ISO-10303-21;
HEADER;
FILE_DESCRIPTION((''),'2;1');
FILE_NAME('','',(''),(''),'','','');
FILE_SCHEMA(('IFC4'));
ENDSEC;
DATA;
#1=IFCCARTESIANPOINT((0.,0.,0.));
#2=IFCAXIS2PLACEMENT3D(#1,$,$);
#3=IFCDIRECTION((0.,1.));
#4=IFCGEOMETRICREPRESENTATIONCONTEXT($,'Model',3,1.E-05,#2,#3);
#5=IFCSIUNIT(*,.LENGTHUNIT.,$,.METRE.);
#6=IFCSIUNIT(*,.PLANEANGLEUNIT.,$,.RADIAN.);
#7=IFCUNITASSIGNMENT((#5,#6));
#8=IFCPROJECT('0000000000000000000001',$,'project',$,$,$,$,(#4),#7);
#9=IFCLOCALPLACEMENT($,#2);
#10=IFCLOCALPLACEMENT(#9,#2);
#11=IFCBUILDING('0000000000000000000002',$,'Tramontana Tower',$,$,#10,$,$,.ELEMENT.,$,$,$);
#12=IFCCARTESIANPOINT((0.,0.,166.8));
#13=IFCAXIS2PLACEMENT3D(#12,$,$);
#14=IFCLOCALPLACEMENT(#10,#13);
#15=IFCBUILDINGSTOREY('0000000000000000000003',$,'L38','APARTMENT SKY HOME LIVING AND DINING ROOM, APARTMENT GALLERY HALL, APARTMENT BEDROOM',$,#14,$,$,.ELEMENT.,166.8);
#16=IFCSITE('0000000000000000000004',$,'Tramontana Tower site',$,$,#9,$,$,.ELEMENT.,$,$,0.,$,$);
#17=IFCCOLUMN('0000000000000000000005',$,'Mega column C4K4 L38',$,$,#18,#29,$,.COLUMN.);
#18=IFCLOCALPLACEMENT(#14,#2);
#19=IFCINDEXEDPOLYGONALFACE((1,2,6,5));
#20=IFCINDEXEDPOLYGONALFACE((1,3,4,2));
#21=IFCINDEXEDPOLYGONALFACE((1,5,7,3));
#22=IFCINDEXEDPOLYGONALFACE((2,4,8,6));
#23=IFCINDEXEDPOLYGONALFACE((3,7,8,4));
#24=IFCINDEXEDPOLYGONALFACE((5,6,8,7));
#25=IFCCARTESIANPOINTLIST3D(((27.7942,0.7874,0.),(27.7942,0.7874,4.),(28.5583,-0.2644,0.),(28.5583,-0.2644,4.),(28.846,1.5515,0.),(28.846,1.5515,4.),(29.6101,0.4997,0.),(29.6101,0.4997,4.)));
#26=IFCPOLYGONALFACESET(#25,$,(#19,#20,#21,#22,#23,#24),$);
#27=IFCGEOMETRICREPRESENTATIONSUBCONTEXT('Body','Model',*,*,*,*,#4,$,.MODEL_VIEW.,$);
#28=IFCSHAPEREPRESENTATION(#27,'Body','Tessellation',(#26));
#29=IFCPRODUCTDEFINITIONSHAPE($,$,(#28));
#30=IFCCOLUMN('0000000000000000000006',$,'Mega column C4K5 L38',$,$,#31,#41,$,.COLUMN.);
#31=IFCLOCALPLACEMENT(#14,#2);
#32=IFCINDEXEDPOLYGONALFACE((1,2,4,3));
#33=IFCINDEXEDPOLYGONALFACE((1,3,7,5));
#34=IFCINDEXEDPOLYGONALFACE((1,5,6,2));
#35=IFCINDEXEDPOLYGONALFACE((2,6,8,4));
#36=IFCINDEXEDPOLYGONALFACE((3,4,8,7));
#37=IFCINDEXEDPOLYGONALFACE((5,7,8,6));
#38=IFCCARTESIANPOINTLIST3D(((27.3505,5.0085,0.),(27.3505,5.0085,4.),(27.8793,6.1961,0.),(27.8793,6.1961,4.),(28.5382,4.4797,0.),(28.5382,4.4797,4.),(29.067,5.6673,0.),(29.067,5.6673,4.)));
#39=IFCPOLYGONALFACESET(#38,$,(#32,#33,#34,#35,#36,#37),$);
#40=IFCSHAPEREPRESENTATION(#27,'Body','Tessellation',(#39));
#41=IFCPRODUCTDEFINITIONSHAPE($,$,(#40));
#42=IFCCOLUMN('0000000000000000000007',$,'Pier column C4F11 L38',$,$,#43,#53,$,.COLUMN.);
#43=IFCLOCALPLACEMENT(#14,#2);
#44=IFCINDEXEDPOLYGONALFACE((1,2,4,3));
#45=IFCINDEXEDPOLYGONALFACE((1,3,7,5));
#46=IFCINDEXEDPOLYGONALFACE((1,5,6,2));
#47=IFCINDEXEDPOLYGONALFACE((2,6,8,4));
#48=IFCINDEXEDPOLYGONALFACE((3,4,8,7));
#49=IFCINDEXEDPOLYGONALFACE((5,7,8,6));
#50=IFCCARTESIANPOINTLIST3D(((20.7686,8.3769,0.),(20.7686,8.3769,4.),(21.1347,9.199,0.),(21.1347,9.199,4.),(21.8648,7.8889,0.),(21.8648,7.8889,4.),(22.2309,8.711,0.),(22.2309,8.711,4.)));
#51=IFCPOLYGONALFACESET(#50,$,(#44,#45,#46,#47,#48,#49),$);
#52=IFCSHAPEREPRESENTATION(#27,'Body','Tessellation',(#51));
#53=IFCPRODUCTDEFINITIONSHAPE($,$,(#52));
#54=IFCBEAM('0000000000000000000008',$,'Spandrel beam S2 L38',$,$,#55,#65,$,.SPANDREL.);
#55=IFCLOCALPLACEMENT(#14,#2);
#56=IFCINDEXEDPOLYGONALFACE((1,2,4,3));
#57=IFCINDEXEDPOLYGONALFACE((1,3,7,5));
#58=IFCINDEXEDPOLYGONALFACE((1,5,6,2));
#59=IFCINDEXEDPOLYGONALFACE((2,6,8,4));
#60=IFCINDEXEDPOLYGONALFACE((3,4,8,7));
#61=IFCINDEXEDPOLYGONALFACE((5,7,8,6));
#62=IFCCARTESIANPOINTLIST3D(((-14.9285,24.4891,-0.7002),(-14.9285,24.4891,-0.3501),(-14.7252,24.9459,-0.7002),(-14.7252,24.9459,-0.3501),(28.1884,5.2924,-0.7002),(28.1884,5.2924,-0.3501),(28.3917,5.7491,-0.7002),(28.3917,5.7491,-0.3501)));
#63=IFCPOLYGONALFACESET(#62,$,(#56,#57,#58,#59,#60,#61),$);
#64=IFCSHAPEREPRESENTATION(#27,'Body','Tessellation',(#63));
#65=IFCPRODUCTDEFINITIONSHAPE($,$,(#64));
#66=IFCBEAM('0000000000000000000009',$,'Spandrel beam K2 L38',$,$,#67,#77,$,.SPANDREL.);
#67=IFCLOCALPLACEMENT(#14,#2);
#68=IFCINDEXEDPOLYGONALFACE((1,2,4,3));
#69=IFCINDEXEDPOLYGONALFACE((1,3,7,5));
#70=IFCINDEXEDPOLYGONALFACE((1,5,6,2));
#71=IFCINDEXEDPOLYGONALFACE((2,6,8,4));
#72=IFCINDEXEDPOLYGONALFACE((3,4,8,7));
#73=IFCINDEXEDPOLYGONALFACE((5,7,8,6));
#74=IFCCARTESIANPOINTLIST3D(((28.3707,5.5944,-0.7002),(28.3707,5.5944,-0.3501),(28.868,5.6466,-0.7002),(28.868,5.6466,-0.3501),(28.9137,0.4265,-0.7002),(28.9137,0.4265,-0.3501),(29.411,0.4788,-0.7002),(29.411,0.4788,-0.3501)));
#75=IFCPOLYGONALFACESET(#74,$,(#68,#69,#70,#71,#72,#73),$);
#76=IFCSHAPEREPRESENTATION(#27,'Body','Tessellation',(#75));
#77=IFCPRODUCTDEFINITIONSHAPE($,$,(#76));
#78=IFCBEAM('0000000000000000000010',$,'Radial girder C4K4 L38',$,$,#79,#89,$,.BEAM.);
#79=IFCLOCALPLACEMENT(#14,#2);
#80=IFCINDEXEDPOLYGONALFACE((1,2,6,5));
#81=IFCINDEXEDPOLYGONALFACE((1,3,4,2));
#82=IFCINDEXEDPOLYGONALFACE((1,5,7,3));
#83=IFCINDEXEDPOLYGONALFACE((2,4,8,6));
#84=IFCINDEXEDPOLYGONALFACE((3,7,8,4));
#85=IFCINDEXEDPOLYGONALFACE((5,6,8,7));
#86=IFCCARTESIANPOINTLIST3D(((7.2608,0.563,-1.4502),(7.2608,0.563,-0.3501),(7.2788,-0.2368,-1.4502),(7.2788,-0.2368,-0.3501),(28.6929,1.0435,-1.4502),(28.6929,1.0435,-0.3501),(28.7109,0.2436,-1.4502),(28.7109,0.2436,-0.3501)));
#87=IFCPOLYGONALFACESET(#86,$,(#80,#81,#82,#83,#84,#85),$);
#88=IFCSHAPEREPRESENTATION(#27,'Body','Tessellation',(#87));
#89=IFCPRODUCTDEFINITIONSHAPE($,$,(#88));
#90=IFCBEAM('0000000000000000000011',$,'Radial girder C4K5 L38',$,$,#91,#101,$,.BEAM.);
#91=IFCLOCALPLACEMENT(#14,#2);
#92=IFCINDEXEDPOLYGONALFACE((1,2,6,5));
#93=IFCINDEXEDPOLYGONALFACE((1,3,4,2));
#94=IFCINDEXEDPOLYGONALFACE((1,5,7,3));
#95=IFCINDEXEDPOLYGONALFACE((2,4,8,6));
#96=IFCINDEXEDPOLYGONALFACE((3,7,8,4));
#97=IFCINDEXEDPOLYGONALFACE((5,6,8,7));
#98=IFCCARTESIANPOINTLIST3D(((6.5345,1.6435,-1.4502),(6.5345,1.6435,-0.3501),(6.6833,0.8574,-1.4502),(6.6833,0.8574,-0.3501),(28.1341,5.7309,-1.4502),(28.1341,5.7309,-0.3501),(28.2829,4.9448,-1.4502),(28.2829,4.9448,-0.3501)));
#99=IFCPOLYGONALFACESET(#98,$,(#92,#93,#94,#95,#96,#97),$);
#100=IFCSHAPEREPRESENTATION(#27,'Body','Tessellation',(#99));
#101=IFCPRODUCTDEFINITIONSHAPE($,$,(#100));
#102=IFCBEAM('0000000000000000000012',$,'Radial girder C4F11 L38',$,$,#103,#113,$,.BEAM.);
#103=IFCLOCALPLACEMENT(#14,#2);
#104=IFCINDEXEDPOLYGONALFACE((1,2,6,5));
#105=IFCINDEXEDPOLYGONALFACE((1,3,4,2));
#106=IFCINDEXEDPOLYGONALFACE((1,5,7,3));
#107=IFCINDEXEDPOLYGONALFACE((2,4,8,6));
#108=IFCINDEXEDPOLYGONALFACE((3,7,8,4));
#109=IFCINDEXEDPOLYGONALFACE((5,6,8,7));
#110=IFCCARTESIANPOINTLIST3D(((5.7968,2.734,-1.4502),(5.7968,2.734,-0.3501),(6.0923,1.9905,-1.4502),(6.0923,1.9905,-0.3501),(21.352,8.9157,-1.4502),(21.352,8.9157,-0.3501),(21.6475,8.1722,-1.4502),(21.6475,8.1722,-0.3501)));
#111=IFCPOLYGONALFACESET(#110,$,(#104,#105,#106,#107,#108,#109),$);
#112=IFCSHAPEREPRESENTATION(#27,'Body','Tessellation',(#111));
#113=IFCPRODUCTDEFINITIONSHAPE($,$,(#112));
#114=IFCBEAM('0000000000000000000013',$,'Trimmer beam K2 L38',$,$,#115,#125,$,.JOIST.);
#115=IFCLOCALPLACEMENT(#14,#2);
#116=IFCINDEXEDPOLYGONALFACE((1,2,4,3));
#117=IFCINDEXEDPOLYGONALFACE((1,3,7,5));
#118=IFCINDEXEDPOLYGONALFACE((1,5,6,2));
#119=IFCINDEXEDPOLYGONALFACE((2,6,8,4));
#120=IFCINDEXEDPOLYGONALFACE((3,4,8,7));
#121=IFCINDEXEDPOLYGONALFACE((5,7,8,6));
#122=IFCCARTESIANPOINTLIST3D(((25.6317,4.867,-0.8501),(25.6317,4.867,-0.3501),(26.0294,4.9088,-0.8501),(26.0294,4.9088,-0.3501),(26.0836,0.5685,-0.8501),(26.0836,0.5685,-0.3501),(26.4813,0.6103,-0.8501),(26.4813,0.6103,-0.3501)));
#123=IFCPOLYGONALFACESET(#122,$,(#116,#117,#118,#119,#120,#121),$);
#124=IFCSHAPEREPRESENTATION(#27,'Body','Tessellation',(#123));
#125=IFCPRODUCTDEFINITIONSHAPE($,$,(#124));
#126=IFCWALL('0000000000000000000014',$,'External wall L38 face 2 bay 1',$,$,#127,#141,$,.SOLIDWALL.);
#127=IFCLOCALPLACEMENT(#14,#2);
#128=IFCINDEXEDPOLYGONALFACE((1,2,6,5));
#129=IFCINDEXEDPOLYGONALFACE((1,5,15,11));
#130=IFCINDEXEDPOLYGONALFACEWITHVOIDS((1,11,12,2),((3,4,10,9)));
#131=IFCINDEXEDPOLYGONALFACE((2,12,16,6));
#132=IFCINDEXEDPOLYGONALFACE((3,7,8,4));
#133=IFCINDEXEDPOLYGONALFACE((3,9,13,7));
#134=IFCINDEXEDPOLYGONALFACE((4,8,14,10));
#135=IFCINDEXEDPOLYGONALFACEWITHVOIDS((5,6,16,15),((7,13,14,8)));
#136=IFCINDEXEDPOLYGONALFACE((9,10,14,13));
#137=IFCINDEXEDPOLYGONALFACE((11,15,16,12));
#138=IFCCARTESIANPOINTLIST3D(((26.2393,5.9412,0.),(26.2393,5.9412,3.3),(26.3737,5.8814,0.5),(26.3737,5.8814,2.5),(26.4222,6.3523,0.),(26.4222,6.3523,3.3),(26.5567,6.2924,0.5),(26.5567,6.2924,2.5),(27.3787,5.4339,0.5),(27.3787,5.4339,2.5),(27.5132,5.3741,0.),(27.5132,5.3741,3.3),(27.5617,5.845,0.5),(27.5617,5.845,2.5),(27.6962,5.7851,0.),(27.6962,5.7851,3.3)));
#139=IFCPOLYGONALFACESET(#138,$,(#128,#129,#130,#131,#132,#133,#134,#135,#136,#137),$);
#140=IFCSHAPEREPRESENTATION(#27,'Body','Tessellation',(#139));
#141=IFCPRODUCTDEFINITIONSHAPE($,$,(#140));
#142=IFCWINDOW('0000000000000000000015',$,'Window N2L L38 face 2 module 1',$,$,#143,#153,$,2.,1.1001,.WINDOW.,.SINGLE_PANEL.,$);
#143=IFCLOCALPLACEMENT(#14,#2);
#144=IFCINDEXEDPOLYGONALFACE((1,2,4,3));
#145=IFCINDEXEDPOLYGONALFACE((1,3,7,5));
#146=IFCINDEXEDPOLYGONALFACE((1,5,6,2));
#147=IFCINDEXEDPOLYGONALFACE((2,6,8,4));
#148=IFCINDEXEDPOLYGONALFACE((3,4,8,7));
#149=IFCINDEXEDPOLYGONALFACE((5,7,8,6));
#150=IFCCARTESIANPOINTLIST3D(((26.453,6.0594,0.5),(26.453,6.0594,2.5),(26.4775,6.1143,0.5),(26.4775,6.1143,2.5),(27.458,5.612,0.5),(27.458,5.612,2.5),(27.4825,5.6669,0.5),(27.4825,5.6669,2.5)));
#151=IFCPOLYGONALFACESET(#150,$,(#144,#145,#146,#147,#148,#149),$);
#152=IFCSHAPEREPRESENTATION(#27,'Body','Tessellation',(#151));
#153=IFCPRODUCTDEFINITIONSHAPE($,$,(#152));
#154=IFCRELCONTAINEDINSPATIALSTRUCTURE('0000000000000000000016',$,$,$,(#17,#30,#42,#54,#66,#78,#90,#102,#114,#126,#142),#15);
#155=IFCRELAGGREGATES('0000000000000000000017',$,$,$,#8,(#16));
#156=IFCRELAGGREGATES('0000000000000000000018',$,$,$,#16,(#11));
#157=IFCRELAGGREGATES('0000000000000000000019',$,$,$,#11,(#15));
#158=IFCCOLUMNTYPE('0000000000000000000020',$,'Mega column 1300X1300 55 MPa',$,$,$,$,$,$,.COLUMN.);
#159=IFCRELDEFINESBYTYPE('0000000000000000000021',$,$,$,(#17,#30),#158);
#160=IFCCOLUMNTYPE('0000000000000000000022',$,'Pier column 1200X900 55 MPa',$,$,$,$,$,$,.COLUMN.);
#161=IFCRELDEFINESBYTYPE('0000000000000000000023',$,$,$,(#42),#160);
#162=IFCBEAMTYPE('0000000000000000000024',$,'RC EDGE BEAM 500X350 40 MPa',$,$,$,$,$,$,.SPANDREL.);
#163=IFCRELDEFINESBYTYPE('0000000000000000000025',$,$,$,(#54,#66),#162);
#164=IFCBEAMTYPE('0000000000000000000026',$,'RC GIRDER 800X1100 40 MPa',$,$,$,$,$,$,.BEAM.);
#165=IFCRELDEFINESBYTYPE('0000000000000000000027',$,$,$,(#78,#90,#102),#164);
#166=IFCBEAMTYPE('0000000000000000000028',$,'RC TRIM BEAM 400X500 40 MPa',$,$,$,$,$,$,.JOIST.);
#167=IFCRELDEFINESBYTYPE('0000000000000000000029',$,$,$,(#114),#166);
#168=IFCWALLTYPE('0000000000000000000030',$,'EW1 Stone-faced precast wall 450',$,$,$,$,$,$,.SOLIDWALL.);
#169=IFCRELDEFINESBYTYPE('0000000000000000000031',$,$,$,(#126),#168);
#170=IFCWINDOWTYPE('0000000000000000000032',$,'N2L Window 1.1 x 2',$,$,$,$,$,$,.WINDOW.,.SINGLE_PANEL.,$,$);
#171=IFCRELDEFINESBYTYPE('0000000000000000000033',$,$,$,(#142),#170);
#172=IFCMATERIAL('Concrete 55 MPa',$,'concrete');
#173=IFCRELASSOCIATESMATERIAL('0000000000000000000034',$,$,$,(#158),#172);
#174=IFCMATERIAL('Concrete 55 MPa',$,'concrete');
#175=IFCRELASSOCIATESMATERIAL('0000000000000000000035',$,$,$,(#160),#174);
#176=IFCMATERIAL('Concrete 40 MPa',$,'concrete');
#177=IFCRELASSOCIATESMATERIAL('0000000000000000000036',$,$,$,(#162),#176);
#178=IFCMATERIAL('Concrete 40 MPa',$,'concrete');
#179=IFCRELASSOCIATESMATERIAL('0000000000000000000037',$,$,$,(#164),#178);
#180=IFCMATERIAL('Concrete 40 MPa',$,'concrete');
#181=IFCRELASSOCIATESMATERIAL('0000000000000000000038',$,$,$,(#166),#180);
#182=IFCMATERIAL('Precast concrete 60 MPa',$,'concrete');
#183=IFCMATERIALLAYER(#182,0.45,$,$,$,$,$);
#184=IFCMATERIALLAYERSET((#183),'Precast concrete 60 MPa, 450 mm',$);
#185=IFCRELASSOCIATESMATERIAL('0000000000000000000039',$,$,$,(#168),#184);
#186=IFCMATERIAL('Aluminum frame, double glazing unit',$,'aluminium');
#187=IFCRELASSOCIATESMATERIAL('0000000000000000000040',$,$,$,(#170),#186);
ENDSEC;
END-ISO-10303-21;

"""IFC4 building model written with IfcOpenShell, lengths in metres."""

from ifc_helpers import new_model, si_unit, direction, frame, frame_2d, origin, origin_2d, place, context, subcontext, project, spatial, rectangle, extrude, material, layer, layer_set, material_profile, profile_set, type_object, element, fill, save


model = new_model("IFC4")

# Units and contexts
model_context = context("Model", 3, precision=1e-05, world=origin(), true_north=direction((0.0, 1.0)))
body_context = subcontext(model_context, "Body", "Model", "MODEL_VIEW")
ifc_project = project(units=[si_unit("LENGTHUNIT", "METRE"), si_unit("PLANEANGLEUNIT", "RADIAN")], contexts=[model_context])

# Site, building, storey
site_placement = place(None, origin())
site = spatial("IfcSite", under=ifc_project, at=site_placement, Name="Tramontana Tower site", CompositionType="ELEMENT", RefElevation=0.0)
building_placement = place(site_placement, origin())
building = spatial("IfcBuilding", under=site, at=building_placement, Name="Tramontana Tower", CompositionType="ELEMENT")
storey_placement = place(building_placement, frame((0.0, 0.0, 166.8)))
storey = spatial("IfcBuildingStorey", under=building, at=storey_placement, Name="L38", Description="APARTMENT SKY HOME LIVING AND DINING ROOM, APARTMENT GALLERY HALL, APARTMENT BEDROOM", CompositionType="ELEMENT", Elevation=166.8)

# Columns
ifc_material_1 = material(Name="Concrete 55 MPa", Category="concrete")
ifc_material_profile_1 = material_profile(ifc_material_1, rectangle(XDim=1.3, YDim=1.3, at=origin_2d()), Name="Mega column 1300X1300 55 MPa")
ifc_profile_set_1 = profile_set([ifc_material_profile_1], Name="Concrete 55 MPa")
column_type_1 = type_object("IfcColumnType", Name="Mega column 1300X1300 55 MPa", PredefinedType="COLUMN", material=ifc_profile_set_1)
for number, where, z_axis, x_axis, name in (
    (1, (28.7021, 0.6436, 0.0), (0.0, 0.0, 1.0), (0.809017, 0.587785, 0.0), "Mega column C4K4 L38"),
    (2, (28.2087, 5.3379, 0.0), (0.0, 0.0, 1.0), (-0.913545, 0.406737, 0.0), "Mega column C4K5 L38"),
):
    element("IfcColumn", number, at=place(storey_placement, frame(where, z_axis=z_axis, x_axis=x_axis)), inside=storey, type_object=column_type_1, Name=name, PredefinedType="COLUMN", context=body_context, shape_type="SweptSolid", body=[
        extrude(rectangle(XDim=1.3, YDim=1.3, at=origin_2d()), origin(), (0.0, 0.0, 1.0), 4.0),
    ])
ifc_material_2 = material(Name="Concrete 55 MPa", Category="concrete")
ifc_material_profile_2 = material_profile(ifc_material_2, rectangle(XDim=1.2, YDim=0.8999, at=origin_2d()), Name="Pier column 1200X900 55 MPa")
ifc_profile_set_2 = profile_set([ifc_material_profile_2], Name="Concrete 55 MPa")
column_type_2 = type_object("IfcColumnType", Name="Pier column 1200X900 55 MPa", PredefinedType="COLUMN", material=ifc_profile_set_2)
column_placement = place(storey_placement, frame((21.4998, 8.5439, 0.0), z_axis=(0.0, 0.0, 1.0), x_axis=(-0.913545, 0.406737, 0.0)))
element("IfcColumn", 3, at=column_placement, inside=storey, type_object=column_type_2, Name="Pier column C4F11 L38", PredefinedType="COLUMN", context=body_context, shape_type="SweptSolid", body=[
    extrude(rectangle(XDim=1.2, YDim=0.8999, at=origin_2d()), origin(), (0.0, 0.0, 1.0), 4.0),
])

# Beams
ifc_material_3 = material(Name="Concrete 40 MPa", Category="concrete")
ifc_material_profile_3 = material_profile(ifc_material_3, rectangle(XDim=0.5, YDim=0.3501, at=origin_2d()), Name="RC EDGE BEAM 500X350 40 MPa")
ifc_profile_set_3 = profile_set([ifc_material_profile_3], Name="Concrete 40 MPa")
beam_type_1 = type_object("IfcBeamType", Name="RC EDGE BEAM 500X350 40 MPa", PredefinedType="SPANDREL", material=ifc_profile_set_3)
beam_1_placement = place(storey_placement, frame((28.29, 5.5208, -0.5251), z_axis=(-0.913546, 0.406734, 0.0), x_axis=(-0.406734, -0.913546, 0.0)))
element("IfcBeam", 4, at=beam_1_placement, inside=storey, type_object=beam_type_1, Name="Spandrel beam S2 L38", PredefinedType="SPANDREL", context=body_context, shape_type="SweptSolid", body=[
    extrude(rectangle(XDim=0.5, YDim=0.3501, at=origin_2d()), origin(), (0.0, 0.0, 1.0), 47.1973),
])
beam_2_placement = place(storey_placement, frame((29.1624, 0.4526, -0.5251), z_axis=(-0.104494, 0.994526, 0.0), x_axis=(-0.994526, -0.104494, 0.0)))
element("IfcBeam", 5, at=beam_2_placement, inside=storey, type_object=beam_type_1, Name="Spandrel beam K2 L38", PredefinedType="SPANDREL", context=body_context, shape_type="SweptSolid", body=[
    extrude(rectangle(XDim=0.5, YDim=0.3501, at=origin_2d()), origin(), (0.0, 0.0, 1.0), 5.1963),
])
ifc_material_4 = material(Name="Concrete 40 MPa", Category="concrete")
ifc_material_profile_4 = material_profile(ifc_material_4, rectangle(XDim=0.8, YDim=1.1001, at=origin_2d()), Name="RC GIRDER 800X1100 40 MPa")
ifc_profile_set_4 = profile_set([ifc_material_profile_4], Name="Concrete 40 MPa")
beam_type_2 = type_object("IfcBeamType", Name="RC GIRDER 800X1100 40 MPa", PredefinedType="BEAM", material=ifc_profile_set_4)
beam_3_placement = place(storey_placement, frame((28.7019, 0.6436, -0.9001), z_axis=(-0.999749, -0.022413, 0.0), x_axis=(0.022413, -0.999749, 0.0)))
element("IfcBeam", 6, at=beam_3_placement, inside=storey, type_object=beam_type_2, Name="Radial girder C4K4 L38", PredefinedType="BEAM", context=body_context, shape_type="SweptSolid", body=[
    extrude(rectangle(XDim=0.8, YDim=1.1001, at=origin_2d()), origin(), (0.0, 0.0, 1.0), 21.4375),
])
beam_4_placement = place(storey_placement, frame((28.2085, 5.3379, -0.9001), z_axis=(-0.982562, -0.185935, 0.0), x_axis=(0.185935, -0.982562, 0.0)))
element("IfcBeam", 7, at=beam_4_placement, inside=storey, type_object=beam_type_2, Name="Radial girder C4K5 L38", PredefinedType="BEAM", context=body_context, shape_type="SweptSolid", body=[
    extrude(rectangle(XDim=0.8, YDim=1.1001, at=origin_2d()), origin(), (0.0, 0.0, 1.0), 21.9829),
])
beam_5_placement = place(storey_placement, frame((21.4998, 8.5439, -0.9001), z_axis=(-0.929307, -0.369308, 0.0), x_axis=(0.369308, -0.929307, 0.0)))
element("IfcBeam", 8, at=beam_5_placement, inside=storey, type_object=beam_type_2, Name="Radial girder C4F11 L38", PredefinedType="BEAM", context=body_context, shape_type="SweptSolid", body=[
    extrude(rectangle(XDim=0.8, YDim=1.1001, at=origin_2d()), origin(), (0.0, 0.0, 1.0), 16.7385),
])
ifc_material_5 = material(Name="Concrete 40 MPa", Category="concrete")
ifc_material_profile_5 = material_profile(ifc_material_5, rectangle(XDim=0.3999, YDim=0.5, at=origin_2d()), Name="RC TRIM BEAM 400X500 40 MPa")
ifc_profile_set_5 = profile_set([ifc_material_profile_5], Name="Concrete 40 MPa")
beam_type_3 = type_object("IfcBeamType", Name="RC TRIM BEAM 400X500 40 MPa", PredefinedType="JOIST", material=ifc_profile_set_5)
beam_6_placement = place(storey_placement, frame((26.2825, 0.5894, -0.6001), z_axis=(-0.104552, 0.994519, 0.0), x_axis=(-0.994519, -0.104552, 0.0)))
element("IfcBeam", 9, at=beam_6_placement, inside=storey, type_object=beam_type_3, Name="Trimmer beam K2 L38", PredefinedType="JOIST", context=body_context, shape_type="SweptSolid", body=[
    extrude(rectangle(XDim=0.3999, YDim=0.5, at=origin_2d()), origin(), (0.0, 0.0, 1.0), 4.3223),
])

# Wall, opening, window
ifc_material_6 = material(Name="Precast concrete 60 MPa", Category="concrete")
ifc_layer_1 = layer(ifc_material_6, 0.45)
ifc_layer_set_1 = layer_set([ifc_layer_1], Name="Precast concrete 60 MPa, 450 mm")
wall_type_1 = type_object("IfcWallType", Name="EW1 Stone-faced precast wall 450", PredefinedType="SOLIDWALL", material=ifc_layer_set_1)
wall_1_placement = place(storey_placement, frame((27.6047, 5.5796, 0.0), z_axis=(0.0, 0.0, 1.0), x_axis=(-0.913559, 0.406707, 0.0)))
wall_1 = element("IfcWall", 10, at=wall_1_placement, inside=storey, type_object=wall_type_1, Name="External wall L38 face 2 bay 1", PredefinedType="SOLIDWALL", context=body_context, shape_type="SweptSolid", body=[
    extrude(rectangle(XDim=1.3945, YDim=0.45, at=frame_2d((0.6973, 0.0))), origin(), (0.0, 0.0, 1.0), 3.3),
])
opening_1_placement = place(wall_1_placement, frame((0.1472, 0.0, 0.5)))
opening_1 = element("IfcOpeningElement", 11, at=opening_1_placement, cuts=wall_1, PredefinedType="OPENING", context=body_context, shape_type="SweptSolid", body=[
    extrude(rectangle(XDim=1.1001, YDim=2.0, at=frame_2d((0.55, 1.0))), frame((0.0, 0.2349, 0.0), z_axis=(0.0, -1.0, 0.0), x_axis=(1.0, 0.0, 0.0)), (0.0, 0.0, 1.0), 0.47),
])
ifc_material_7 = material(Name="Aluminum frame, double glazing unit", Category="aluminium")
window_type_1 = type_object("IfcWindowType", Name="N2L Window 1.1 x 2", PartitioningType="SINGLE_PANEL", PredefinedType="WINDOW", material=ifc_material_7)
window_1_placement = place(opening_1_placement, origin())
window_1 = element("IfcWindow", 12, at=window_1_placement, inside=storey, type_object=window_type_1, Name="Window N2L L38 face 2 module 1", OverallHeight=2.0, OverallWidth=1.1001, PartitioningType="SINGLE_PANEL", PredefinedType="WINDOW", context=body_context, shape_type="SweptSolid", body=[
    extrude(rectangle(XDim=1.1001, YDim=2.0, at=frame_2d((0.55, 1.0))), frame((0.0, 0.03, 0.0), z_axis=(0.0, -1.0, 0.0), x_axis=(1.0, 0.0, 0.0)), (0.0, 0.0, 1.0), 0.0601),
])
fill(opening_1, window_1)

save(model, "model.ifc")
